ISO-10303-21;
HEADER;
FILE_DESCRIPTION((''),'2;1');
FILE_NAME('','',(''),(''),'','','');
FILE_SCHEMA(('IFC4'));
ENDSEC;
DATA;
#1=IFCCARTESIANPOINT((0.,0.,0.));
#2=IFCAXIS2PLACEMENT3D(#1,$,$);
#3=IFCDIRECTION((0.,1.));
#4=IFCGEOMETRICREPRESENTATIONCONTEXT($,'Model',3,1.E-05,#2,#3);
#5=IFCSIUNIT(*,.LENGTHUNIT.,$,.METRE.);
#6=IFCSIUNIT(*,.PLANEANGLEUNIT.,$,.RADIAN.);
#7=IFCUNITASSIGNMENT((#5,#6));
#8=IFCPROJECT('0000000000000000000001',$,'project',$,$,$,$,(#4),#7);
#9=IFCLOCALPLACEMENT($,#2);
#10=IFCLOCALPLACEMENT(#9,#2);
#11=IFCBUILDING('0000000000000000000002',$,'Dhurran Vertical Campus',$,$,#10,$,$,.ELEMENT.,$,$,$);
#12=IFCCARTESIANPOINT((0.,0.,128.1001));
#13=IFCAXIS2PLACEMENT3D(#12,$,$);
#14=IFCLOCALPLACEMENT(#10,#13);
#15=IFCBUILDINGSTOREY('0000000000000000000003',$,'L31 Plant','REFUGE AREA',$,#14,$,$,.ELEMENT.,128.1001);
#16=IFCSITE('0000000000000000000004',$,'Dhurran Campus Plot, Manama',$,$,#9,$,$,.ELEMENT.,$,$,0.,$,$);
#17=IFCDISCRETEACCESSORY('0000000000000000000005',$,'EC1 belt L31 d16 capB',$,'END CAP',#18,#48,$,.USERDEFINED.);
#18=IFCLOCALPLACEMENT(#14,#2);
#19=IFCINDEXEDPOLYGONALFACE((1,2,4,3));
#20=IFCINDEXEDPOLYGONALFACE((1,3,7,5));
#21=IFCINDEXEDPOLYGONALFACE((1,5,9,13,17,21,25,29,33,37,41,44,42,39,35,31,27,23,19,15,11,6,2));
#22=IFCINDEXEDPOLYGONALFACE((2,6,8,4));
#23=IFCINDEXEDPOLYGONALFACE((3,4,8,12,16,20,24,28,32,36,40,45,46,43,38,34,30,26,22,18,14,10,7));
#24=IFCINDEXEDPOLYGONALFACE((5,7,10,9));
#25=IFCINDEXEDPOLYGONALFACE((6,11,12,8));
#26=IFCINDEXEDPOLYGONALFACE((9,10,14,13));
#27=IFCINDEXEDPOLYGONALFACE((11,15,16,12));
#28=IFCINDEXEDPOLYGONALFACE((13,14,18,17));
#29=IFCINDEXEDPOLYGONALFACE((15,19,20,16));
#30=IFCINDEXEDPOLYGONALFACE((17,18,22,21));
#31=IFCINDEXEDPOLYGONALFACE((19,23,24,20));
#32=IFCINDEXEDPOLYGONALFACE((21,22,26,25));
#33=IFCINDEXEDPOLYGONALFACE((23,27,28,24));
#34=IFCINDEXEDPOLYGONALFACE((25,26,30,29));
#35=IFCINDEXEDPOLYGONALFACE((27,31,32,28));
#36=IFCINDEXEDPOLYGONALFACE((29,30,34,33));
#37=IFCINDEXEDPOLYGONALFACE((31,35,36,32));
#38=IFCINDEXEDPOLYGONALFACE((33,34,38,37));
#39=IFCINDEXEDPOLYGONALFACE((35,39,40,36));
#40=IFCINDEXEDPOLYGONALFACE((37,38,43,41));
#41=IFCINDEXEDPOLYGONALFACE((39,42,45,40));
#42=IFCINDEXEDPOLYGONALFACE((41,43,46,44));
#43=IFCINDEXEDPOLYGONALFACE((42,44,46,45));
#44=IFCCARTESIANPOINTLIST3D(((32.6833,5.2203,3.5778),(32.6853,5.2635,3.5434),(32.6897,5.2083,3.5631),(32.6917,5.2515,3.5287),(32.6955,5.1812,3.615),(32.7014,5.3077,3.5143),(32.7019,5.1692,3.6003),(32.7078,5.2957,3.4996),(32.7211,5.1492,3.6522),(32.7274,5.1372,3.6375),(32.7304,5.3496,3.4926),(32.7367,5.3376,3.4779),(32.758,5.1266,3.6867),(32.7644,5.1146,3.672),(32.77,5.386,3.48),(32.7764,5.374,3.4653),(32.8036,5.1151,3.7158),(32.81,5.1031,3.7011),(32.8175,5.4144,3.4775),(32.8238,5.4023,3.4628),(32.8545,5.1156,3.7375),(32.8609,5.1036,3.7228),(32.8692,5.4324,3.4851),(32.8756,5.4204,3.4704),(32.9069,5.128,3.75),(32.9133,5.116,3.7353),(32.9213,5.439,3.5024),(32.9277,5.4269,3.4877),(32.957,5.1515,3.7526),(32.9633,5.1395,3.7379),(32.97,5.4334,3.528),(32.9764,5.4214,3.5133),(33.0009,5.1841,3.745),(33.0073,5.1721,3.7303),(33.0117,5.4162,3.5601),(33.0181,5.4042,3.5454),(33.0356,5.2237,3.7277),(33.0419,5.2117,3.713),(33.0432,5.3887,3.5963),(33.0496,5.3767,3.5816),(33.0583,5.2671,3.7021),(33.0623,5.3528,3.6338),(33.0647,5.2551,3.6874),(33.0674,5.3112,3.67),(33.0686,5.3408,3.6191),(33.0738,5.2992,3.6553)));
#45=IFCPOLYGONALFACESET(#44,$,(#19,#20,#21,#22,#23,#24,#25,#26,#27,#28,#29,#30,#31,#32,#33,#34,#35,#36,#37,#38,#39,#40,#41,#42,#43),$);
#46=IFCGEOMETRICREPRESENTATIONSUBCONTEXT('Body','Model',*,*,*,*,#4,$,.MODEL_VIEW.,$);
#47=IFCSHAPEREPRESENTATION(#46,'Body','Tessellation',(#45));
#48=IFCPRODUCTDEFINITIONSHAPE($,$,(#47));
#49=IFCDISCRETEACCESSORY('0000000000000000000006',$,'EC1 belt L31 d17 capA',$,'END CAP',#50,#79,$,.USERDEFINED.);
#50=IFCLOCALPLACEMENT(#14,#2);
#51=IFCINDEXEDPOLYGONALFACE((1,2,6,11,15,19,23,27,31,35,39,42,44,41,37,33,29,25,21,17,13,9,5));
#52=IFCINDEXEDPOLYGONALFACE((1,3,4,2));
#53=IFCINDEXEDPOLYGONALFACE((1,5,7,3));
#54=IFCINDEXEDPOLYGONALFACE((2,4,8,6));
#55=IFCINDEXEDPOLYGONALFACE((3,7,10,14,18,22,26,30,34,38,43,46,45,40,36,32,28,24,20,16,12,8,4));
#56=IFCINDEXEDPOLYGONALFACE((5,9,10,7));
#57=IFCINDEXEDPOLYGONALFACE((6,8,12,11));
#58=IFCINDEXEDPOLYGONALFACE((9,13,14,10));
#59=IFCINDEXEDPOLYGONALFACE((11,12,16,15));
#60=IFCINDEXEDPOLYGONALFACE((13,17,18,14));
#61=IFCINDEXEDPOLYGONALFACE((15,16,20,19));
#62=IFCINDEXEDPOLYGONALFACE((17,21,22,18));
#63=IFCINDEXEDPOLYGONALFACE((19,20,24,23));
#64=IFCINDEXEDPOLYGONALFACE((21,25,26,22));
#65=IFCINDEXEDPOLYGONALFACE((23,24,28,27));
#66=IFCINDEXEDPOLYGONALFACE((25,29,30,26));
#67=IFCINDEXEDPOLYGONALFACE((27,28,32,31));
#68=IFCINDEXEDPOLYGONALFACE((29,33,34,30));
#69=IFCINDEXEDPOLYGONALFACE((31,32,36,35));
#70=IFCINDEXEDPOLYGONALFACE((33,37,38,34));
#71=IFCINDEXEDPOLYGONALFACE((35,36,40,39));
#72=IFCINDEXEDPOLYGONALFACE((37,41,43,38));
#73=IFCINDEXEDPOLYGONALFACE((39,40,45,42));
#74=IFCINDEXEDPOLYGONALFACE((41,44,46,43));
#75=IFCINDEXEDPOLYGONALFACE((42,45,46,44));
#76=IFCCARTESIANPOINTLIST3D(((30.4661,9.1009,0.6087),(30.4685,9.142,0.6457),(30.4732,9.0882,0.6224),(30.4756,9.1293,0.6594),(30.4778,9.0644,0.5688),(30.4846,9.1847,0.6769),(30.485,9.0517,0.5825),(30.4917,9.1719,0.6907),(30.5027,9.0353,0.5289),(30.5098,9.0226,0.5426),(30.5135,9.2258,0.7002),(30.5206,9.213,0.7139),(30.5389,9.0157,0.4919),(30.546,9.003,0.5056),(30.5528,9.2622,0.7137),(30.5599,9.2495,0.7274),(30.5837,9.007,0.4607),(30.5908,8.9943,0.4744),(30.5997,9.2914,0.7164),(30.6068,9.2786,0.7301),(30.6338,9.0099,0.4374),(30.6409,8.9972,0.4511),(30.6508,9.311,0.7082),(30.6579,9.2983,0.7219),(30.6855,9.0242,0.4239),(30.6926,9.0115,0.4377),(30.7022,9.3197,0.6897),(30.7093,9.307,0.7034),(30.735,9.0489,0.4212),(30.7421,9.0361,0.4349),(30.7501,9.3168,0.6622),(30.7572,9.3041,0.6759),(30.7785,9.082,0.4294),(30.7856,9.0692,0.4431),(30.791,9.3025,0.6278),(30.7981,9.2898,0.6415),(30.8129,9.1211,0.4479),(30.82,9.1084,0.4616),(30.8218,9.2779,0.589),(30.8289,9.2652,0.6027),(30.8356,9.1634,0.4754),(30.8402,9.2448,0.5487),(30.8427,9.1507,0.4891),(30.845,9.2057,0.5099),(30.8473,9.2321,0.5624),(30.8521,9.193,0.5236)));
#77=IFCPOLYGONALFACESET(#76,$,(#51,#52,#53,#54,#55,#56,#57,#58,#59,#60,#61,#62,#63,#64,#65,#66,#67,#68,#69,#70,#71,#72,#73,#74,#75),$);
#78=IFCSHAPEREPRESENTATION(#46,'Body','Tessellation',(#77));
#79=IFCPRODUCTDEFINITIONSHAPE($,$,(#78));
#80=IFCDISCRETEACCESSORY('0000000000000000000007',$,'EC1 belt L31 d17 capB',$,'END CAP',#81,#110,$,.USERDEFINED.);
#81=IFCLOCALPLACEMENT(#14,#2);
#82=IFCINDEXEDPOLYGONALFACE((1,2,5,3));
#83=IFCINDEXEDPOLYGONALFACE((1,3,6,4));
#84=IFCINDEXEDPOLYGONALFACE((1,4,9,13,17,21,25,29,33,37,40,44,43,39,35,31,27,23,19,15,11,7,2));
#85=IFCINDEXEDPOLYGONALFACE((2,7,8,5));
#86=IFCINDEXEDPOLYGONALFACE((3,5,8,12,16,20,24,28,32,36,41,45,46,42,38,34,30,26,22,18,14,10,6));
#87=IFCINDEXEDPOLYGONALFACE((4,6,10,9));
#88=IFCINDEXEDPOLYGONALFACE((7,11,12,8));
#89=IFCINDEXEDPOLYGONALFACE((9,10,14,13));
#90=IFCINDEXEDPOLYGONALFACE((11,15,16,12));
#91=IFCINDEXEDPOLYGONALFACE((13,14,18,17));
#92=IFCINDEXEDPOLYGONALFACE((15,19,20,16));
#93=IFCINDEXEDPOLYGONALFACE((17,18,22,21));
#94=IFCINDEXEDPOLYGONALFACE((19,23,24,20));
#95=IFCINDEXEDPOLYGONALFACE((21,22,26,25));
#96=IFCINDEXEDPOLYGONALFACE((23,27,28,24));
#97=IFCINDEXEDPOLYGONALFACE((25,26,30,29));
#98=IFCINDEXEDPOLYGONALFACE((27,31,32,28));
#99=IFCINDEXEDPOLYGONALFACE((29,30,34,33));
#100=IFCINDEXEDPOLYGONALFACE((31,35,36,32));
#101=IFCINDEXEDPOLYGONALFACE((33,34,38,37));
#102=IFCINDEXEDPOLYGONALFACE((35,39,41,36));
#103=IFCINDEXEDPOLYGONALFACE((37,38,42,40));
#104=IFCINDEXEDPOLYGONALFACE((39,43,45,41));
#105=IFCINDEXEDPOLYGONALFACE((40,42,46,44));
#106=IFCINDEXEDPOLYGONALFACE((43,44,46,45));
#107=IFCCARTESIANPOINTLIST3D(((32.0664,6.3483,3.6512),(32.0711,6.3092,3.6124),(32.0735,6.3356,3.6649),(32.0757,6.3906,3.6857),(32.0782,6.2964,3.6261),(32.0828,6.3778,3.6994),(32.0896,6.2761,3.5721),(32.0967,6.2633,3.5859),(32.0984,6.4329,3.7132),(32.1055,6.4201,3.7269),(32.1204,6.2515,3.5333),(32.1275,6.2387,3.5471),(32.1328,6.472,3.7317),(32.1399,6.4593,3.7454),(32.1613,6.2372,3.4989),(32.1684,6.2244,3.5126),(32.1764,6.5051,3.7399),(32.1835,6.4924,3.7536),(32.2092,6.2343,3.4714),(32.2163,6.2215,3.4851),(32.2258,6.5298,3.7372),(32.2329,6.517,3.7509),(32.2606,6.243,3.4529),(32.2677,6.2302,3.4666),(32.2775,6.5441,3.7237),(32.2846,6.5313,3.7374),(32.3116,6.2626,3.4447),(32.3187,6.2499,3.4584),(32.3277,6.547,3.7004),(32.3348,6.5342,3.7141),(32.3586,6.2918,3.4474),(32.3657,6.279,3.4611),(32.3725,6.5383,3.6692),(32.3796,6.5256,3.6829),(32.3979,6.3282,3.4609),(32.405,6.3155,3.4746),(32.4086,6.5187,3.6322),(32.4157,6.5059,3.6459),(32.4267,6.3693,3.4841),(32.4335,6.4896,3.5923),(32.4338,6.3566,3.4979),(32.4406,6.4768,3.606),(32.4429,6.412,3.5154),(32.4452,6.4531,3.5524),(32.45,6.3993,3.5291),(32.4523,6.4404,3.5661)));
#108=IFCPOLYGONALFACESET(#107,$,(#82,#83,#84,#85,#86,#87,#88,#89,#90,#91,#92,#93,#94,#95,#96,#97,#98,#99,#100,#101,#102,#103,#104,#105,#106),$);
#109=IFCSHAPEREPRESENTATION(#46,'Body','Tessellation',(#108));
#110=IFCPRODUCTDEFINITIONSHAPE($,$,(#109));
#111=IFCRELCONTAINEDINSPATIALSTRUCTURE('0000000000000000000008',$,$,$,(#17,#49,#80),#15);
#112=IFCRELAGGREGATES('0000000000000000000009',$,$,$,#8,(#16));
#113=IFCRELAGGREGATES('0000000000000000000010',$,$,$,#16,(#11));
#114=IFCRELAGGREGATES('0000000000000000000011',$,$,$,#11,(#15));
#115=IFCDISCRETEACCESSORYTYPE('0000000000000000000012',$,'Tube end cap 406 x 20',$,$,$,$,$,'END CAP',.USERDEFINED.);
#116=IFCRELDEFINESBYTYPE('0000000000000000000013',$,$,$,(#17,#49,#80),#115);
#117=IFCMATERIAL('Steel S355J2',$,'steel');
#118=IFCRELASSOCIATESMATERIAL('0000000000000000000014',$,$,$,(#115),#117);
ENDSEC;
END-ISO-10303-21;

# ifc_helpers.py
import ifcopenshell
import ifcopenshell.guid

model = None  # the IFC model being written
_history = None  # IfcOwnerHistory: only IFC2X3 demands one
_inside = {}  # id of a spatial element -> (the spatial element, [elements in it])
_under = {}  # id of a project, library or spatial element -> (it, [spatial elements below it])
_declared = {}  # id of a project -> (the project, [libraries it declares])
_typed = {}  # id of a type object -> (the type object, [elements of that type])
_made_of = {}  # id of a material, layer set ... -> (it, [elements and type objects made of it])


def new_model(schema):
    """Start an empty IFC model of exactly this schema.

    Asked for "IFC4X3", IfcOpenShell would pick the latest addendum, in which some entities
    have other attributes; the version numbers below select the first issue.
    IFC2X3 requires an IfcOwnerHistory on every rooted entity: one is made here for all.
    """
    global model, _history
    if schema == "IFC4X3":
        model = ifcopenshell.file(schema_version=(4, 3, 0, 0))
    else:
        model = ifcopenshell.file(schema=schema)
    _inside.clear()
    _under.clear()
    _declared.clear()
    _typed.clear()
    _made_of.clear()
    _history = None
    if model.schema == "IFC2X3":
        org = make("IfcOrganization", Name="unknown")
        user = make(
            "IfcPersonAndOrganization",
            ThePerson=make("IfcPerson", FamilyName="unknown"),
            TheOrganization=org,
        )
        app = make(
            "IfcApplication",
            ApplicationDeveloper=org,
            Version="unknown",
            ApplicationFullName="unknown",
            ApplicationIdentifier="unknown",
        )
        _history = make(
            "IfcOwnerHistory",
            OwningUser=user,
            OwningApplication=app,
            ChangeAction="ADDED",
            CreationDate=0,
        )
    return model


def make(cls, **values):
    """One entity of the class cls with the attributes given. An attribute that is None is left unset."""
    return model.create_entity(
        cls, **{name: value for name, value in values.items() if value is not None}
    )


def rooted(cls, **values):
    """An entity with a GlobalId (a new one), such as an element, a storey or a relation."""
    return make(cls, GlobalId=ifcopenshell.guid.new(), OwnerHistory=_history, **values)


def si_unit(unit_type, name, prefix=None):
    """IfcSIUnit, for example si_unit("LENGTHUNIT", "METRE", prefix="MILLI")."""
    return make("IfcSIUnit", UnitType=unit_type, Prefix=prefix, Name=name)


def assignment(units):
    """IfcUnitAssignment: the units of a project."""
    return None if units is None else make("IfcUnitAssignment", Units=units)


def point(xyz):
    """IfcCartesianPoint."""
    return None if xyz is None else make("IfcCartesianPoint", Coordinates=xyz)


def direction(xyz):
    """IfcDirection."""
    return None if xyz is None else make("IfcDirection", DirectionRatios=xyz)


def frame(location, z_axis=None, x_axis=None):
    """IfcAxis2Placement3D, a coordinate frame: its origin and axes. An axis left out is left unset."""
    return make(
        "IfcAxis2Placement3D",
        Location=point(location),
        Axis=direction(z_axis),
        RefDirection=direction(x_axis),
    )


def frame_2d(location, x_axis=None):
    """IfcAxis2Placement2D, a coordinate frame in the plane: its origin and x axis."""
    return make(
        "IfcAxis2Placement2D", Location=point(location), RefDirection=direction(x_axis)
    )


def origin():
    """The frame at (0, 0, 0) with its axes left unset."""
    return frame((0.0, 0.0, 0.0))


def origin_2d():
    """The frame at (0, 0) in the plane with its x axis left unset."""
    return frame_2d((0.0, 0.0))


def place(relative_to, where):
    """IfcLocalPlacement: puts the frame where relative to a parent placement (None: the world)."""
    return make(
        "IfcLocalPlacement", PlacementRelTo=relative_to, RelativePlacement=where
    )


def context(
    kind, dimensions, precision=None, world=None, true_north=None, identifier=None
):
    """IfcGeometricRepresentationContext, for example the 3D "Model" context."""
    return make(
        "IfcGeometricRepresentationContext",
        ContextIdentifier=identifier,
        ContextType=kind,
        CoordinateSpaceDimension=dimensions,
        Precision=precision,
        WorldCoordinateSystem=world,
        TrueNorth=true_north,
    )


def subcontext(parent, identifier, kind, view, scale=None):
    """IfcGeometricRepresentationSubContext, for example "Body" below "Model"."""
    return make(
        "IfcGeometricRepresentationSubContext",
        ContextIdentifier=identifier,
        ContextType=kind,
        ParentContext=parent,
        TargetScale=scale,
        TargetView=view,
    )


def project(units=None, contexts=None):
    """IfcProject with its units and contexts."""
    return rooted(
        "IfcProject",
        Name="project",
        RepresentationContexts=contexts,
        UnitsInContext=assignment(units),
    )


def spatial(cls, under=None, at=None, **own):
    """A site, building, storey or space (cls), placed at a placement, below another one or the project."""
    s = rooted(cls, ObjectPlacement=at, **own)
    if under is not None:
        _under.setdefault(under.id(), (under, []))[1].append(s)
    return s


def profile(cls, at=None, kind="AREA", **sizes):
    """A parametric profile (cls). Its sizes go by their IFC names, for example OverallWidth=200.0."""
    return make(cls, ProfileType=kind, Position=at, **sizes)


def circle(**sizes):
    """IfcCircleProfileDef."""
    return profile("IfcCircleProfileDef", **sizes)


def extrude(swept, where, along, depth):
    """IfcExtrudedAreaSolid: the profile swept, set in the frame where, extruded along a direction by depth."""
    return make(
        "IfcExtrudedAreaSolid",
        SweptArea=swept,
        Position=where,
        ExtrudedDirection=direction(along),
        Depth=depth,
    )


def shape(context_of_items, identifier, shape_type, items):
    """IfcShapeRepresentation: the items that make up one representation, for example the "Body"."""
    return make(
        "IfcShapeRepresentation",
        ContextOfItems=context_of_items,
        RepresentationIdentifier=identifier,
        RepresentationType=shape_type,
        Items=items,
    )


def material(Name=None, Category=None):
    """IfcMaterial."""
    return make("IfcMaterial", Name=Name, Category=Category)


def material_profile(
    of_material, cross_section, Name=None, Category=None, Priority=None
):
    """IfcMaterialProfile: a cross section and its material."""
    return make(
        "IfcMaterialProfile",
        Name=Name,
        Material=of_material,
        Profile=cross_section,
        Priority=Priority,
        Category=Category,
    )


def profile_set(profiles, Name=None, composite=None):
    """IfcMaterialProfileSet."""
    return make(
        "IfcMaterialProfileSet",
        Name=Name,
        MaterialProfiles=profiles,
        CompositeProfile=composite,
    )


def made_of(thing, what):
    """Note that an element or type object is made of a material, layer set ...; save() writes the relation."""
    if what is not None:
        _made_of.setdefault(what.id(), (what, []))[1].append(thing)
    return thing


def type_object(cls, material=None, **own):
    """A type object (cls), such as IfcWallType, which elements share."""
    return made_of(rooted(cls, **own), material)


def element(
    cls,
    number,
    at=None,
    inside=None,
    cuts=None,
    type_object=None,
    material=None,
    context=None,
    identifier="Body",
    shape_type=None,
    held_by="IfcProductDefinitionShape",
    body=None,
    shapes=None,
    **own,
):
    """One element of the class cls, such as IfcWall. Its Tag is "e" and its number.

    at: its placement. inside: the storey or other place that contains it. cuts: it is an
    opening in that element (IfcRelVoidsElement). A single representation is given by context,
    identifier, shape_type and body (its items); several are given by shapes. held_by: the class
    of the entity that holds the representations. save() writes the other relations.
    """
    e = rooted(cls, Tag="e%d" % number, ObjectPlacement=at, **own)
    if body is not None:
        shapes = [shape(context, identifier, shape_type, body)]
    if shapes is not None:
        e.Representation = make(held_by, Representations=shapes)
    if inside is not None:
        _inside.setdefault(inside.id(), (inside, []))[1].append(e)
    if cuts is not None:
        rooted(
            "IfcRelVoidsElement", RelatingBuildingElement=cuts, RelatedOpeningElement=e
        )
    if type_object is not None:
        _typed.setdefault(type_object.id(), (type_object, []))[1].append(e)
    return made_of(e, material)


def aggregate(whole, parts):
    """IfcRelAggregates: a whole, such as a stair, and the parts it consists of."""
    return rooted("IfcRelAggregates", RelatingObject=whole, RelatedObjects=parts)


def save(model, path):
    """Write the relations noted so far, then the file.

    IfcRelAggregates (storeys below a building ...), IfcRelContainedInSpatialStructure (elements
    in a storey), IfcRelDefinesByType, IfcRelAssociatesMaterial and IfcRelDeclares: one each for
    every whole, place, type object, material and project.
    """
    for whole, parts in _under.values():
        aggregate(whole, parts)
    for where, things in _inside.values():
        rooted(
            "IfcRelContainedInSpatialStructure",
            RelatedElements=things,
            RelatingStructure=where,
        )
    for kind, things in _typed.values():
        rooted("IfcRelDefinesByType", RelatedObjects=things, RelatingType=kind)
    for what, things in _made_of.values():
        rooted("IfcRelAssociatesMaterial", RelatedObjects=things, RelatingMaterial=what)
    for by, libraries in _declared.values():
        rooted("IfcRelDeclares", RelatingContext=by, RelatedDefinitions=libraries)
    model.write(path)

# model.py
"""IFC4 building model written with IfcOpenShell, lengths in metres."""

from ifc_helpers import new_model, si_unit, direction, frame, origin, origin_2d, place, context, subcontext, project, spatial, circle, extrude, material, material_profile, profile_set, type_object, element, save


model = new_model("IFC4")

# Units and contexts
model_context = context("Model", 3, precision=1e-05, world=origin(), true_north=direction((0.0, 1.0)))
body_context = subcontext(model_context, "Body", "Model", "MODEL_VIEW")
ifc_project = project(units=[si_unit("LENGTHUNIT", "METRE"), si_unit("PLANEANGLEUNIT", "RADIAN")], contexts=[model_context])

# Site, building, storey
site_placement = place(None, origin())
site = spatial("IfcSite", under=ifc_project, at=site_placement, Name="Dhurran Campus Plot, Manama", CompositionType="ELEMENT", RefElevation=0.0)
building_placement = place(site_placement, origin())
building = spatial("IfcBuilding", under=site, at=building_placement, Name="Dhurran Vertical Campus", CompositionType="ELEMENT")
storey_placement = place(building_placement, frame((0.0, 0.0, 128.1001)))
storey = spatial("IfcBuildingStorey", under=building, at=storey_placement, Name="L31 Plant", Description="REFUGE AREA", CompositionType="ELEMENT", Elevation=128.1001)

# Discrete accessories
ifc_material_1 = material(Name="Steel S355J2", Category="steel")
ifc_material_profile_1 = material_profile(ifc_material_1, circle(Radius=0.2031, at=origin_2d()), Name="Tube end cap 406 x 20")
ifc_profile_set_1 = profile_set([ifc_material_profile_1], Name="Steel S355J2")
discrete_accessory_type = type_object("IfcDiscreteAccessoryType", Name="Tube end cap 406 x 20", ElementType="END CAP", PredefinedType="USERDEFINED", material=ifc_profile_set_1)
for number, where, z_axis, x_axis, name in (
    (1, (32.8813, 5.2644, 3.6003), (-0.318187, 0.59966, 0.734278), (-0.883349, -0.468716, 0.0), "EC1 belt L31 d16 capB"),
    (2, (30.6624, 9.1506, 0.5825), (-0.354795, 0.636184, -0.685121), (-0.873364, -0.487068, 0.0), "EC1 belt L31 d17 capA"),
    (3, (32.2561, 6.3906, 3.5923), (0.354795, -0.636184, 0.685121), (0.873364, 0.487068, 0.0), "EC1 belt L31 d17 capB"),
):
    element("IfcDiscreteAccessory", number, at=place(storey_placement, frame(where, z_axis=z_axis, x_axis=x_axis)), inside=storey, type_object=discrete_accessory_type, Name=name, ObjectType="END CAP", PredefinedType="USERDEFINED", context=body_context, shape_type="SweptSolid", body=[
        extrude(circle(Radius=0.2031, at=origin_2d()), origin(), (0.0, 0.0, 1.0), 0.02),
    ])

save(model, "model.ifc")
